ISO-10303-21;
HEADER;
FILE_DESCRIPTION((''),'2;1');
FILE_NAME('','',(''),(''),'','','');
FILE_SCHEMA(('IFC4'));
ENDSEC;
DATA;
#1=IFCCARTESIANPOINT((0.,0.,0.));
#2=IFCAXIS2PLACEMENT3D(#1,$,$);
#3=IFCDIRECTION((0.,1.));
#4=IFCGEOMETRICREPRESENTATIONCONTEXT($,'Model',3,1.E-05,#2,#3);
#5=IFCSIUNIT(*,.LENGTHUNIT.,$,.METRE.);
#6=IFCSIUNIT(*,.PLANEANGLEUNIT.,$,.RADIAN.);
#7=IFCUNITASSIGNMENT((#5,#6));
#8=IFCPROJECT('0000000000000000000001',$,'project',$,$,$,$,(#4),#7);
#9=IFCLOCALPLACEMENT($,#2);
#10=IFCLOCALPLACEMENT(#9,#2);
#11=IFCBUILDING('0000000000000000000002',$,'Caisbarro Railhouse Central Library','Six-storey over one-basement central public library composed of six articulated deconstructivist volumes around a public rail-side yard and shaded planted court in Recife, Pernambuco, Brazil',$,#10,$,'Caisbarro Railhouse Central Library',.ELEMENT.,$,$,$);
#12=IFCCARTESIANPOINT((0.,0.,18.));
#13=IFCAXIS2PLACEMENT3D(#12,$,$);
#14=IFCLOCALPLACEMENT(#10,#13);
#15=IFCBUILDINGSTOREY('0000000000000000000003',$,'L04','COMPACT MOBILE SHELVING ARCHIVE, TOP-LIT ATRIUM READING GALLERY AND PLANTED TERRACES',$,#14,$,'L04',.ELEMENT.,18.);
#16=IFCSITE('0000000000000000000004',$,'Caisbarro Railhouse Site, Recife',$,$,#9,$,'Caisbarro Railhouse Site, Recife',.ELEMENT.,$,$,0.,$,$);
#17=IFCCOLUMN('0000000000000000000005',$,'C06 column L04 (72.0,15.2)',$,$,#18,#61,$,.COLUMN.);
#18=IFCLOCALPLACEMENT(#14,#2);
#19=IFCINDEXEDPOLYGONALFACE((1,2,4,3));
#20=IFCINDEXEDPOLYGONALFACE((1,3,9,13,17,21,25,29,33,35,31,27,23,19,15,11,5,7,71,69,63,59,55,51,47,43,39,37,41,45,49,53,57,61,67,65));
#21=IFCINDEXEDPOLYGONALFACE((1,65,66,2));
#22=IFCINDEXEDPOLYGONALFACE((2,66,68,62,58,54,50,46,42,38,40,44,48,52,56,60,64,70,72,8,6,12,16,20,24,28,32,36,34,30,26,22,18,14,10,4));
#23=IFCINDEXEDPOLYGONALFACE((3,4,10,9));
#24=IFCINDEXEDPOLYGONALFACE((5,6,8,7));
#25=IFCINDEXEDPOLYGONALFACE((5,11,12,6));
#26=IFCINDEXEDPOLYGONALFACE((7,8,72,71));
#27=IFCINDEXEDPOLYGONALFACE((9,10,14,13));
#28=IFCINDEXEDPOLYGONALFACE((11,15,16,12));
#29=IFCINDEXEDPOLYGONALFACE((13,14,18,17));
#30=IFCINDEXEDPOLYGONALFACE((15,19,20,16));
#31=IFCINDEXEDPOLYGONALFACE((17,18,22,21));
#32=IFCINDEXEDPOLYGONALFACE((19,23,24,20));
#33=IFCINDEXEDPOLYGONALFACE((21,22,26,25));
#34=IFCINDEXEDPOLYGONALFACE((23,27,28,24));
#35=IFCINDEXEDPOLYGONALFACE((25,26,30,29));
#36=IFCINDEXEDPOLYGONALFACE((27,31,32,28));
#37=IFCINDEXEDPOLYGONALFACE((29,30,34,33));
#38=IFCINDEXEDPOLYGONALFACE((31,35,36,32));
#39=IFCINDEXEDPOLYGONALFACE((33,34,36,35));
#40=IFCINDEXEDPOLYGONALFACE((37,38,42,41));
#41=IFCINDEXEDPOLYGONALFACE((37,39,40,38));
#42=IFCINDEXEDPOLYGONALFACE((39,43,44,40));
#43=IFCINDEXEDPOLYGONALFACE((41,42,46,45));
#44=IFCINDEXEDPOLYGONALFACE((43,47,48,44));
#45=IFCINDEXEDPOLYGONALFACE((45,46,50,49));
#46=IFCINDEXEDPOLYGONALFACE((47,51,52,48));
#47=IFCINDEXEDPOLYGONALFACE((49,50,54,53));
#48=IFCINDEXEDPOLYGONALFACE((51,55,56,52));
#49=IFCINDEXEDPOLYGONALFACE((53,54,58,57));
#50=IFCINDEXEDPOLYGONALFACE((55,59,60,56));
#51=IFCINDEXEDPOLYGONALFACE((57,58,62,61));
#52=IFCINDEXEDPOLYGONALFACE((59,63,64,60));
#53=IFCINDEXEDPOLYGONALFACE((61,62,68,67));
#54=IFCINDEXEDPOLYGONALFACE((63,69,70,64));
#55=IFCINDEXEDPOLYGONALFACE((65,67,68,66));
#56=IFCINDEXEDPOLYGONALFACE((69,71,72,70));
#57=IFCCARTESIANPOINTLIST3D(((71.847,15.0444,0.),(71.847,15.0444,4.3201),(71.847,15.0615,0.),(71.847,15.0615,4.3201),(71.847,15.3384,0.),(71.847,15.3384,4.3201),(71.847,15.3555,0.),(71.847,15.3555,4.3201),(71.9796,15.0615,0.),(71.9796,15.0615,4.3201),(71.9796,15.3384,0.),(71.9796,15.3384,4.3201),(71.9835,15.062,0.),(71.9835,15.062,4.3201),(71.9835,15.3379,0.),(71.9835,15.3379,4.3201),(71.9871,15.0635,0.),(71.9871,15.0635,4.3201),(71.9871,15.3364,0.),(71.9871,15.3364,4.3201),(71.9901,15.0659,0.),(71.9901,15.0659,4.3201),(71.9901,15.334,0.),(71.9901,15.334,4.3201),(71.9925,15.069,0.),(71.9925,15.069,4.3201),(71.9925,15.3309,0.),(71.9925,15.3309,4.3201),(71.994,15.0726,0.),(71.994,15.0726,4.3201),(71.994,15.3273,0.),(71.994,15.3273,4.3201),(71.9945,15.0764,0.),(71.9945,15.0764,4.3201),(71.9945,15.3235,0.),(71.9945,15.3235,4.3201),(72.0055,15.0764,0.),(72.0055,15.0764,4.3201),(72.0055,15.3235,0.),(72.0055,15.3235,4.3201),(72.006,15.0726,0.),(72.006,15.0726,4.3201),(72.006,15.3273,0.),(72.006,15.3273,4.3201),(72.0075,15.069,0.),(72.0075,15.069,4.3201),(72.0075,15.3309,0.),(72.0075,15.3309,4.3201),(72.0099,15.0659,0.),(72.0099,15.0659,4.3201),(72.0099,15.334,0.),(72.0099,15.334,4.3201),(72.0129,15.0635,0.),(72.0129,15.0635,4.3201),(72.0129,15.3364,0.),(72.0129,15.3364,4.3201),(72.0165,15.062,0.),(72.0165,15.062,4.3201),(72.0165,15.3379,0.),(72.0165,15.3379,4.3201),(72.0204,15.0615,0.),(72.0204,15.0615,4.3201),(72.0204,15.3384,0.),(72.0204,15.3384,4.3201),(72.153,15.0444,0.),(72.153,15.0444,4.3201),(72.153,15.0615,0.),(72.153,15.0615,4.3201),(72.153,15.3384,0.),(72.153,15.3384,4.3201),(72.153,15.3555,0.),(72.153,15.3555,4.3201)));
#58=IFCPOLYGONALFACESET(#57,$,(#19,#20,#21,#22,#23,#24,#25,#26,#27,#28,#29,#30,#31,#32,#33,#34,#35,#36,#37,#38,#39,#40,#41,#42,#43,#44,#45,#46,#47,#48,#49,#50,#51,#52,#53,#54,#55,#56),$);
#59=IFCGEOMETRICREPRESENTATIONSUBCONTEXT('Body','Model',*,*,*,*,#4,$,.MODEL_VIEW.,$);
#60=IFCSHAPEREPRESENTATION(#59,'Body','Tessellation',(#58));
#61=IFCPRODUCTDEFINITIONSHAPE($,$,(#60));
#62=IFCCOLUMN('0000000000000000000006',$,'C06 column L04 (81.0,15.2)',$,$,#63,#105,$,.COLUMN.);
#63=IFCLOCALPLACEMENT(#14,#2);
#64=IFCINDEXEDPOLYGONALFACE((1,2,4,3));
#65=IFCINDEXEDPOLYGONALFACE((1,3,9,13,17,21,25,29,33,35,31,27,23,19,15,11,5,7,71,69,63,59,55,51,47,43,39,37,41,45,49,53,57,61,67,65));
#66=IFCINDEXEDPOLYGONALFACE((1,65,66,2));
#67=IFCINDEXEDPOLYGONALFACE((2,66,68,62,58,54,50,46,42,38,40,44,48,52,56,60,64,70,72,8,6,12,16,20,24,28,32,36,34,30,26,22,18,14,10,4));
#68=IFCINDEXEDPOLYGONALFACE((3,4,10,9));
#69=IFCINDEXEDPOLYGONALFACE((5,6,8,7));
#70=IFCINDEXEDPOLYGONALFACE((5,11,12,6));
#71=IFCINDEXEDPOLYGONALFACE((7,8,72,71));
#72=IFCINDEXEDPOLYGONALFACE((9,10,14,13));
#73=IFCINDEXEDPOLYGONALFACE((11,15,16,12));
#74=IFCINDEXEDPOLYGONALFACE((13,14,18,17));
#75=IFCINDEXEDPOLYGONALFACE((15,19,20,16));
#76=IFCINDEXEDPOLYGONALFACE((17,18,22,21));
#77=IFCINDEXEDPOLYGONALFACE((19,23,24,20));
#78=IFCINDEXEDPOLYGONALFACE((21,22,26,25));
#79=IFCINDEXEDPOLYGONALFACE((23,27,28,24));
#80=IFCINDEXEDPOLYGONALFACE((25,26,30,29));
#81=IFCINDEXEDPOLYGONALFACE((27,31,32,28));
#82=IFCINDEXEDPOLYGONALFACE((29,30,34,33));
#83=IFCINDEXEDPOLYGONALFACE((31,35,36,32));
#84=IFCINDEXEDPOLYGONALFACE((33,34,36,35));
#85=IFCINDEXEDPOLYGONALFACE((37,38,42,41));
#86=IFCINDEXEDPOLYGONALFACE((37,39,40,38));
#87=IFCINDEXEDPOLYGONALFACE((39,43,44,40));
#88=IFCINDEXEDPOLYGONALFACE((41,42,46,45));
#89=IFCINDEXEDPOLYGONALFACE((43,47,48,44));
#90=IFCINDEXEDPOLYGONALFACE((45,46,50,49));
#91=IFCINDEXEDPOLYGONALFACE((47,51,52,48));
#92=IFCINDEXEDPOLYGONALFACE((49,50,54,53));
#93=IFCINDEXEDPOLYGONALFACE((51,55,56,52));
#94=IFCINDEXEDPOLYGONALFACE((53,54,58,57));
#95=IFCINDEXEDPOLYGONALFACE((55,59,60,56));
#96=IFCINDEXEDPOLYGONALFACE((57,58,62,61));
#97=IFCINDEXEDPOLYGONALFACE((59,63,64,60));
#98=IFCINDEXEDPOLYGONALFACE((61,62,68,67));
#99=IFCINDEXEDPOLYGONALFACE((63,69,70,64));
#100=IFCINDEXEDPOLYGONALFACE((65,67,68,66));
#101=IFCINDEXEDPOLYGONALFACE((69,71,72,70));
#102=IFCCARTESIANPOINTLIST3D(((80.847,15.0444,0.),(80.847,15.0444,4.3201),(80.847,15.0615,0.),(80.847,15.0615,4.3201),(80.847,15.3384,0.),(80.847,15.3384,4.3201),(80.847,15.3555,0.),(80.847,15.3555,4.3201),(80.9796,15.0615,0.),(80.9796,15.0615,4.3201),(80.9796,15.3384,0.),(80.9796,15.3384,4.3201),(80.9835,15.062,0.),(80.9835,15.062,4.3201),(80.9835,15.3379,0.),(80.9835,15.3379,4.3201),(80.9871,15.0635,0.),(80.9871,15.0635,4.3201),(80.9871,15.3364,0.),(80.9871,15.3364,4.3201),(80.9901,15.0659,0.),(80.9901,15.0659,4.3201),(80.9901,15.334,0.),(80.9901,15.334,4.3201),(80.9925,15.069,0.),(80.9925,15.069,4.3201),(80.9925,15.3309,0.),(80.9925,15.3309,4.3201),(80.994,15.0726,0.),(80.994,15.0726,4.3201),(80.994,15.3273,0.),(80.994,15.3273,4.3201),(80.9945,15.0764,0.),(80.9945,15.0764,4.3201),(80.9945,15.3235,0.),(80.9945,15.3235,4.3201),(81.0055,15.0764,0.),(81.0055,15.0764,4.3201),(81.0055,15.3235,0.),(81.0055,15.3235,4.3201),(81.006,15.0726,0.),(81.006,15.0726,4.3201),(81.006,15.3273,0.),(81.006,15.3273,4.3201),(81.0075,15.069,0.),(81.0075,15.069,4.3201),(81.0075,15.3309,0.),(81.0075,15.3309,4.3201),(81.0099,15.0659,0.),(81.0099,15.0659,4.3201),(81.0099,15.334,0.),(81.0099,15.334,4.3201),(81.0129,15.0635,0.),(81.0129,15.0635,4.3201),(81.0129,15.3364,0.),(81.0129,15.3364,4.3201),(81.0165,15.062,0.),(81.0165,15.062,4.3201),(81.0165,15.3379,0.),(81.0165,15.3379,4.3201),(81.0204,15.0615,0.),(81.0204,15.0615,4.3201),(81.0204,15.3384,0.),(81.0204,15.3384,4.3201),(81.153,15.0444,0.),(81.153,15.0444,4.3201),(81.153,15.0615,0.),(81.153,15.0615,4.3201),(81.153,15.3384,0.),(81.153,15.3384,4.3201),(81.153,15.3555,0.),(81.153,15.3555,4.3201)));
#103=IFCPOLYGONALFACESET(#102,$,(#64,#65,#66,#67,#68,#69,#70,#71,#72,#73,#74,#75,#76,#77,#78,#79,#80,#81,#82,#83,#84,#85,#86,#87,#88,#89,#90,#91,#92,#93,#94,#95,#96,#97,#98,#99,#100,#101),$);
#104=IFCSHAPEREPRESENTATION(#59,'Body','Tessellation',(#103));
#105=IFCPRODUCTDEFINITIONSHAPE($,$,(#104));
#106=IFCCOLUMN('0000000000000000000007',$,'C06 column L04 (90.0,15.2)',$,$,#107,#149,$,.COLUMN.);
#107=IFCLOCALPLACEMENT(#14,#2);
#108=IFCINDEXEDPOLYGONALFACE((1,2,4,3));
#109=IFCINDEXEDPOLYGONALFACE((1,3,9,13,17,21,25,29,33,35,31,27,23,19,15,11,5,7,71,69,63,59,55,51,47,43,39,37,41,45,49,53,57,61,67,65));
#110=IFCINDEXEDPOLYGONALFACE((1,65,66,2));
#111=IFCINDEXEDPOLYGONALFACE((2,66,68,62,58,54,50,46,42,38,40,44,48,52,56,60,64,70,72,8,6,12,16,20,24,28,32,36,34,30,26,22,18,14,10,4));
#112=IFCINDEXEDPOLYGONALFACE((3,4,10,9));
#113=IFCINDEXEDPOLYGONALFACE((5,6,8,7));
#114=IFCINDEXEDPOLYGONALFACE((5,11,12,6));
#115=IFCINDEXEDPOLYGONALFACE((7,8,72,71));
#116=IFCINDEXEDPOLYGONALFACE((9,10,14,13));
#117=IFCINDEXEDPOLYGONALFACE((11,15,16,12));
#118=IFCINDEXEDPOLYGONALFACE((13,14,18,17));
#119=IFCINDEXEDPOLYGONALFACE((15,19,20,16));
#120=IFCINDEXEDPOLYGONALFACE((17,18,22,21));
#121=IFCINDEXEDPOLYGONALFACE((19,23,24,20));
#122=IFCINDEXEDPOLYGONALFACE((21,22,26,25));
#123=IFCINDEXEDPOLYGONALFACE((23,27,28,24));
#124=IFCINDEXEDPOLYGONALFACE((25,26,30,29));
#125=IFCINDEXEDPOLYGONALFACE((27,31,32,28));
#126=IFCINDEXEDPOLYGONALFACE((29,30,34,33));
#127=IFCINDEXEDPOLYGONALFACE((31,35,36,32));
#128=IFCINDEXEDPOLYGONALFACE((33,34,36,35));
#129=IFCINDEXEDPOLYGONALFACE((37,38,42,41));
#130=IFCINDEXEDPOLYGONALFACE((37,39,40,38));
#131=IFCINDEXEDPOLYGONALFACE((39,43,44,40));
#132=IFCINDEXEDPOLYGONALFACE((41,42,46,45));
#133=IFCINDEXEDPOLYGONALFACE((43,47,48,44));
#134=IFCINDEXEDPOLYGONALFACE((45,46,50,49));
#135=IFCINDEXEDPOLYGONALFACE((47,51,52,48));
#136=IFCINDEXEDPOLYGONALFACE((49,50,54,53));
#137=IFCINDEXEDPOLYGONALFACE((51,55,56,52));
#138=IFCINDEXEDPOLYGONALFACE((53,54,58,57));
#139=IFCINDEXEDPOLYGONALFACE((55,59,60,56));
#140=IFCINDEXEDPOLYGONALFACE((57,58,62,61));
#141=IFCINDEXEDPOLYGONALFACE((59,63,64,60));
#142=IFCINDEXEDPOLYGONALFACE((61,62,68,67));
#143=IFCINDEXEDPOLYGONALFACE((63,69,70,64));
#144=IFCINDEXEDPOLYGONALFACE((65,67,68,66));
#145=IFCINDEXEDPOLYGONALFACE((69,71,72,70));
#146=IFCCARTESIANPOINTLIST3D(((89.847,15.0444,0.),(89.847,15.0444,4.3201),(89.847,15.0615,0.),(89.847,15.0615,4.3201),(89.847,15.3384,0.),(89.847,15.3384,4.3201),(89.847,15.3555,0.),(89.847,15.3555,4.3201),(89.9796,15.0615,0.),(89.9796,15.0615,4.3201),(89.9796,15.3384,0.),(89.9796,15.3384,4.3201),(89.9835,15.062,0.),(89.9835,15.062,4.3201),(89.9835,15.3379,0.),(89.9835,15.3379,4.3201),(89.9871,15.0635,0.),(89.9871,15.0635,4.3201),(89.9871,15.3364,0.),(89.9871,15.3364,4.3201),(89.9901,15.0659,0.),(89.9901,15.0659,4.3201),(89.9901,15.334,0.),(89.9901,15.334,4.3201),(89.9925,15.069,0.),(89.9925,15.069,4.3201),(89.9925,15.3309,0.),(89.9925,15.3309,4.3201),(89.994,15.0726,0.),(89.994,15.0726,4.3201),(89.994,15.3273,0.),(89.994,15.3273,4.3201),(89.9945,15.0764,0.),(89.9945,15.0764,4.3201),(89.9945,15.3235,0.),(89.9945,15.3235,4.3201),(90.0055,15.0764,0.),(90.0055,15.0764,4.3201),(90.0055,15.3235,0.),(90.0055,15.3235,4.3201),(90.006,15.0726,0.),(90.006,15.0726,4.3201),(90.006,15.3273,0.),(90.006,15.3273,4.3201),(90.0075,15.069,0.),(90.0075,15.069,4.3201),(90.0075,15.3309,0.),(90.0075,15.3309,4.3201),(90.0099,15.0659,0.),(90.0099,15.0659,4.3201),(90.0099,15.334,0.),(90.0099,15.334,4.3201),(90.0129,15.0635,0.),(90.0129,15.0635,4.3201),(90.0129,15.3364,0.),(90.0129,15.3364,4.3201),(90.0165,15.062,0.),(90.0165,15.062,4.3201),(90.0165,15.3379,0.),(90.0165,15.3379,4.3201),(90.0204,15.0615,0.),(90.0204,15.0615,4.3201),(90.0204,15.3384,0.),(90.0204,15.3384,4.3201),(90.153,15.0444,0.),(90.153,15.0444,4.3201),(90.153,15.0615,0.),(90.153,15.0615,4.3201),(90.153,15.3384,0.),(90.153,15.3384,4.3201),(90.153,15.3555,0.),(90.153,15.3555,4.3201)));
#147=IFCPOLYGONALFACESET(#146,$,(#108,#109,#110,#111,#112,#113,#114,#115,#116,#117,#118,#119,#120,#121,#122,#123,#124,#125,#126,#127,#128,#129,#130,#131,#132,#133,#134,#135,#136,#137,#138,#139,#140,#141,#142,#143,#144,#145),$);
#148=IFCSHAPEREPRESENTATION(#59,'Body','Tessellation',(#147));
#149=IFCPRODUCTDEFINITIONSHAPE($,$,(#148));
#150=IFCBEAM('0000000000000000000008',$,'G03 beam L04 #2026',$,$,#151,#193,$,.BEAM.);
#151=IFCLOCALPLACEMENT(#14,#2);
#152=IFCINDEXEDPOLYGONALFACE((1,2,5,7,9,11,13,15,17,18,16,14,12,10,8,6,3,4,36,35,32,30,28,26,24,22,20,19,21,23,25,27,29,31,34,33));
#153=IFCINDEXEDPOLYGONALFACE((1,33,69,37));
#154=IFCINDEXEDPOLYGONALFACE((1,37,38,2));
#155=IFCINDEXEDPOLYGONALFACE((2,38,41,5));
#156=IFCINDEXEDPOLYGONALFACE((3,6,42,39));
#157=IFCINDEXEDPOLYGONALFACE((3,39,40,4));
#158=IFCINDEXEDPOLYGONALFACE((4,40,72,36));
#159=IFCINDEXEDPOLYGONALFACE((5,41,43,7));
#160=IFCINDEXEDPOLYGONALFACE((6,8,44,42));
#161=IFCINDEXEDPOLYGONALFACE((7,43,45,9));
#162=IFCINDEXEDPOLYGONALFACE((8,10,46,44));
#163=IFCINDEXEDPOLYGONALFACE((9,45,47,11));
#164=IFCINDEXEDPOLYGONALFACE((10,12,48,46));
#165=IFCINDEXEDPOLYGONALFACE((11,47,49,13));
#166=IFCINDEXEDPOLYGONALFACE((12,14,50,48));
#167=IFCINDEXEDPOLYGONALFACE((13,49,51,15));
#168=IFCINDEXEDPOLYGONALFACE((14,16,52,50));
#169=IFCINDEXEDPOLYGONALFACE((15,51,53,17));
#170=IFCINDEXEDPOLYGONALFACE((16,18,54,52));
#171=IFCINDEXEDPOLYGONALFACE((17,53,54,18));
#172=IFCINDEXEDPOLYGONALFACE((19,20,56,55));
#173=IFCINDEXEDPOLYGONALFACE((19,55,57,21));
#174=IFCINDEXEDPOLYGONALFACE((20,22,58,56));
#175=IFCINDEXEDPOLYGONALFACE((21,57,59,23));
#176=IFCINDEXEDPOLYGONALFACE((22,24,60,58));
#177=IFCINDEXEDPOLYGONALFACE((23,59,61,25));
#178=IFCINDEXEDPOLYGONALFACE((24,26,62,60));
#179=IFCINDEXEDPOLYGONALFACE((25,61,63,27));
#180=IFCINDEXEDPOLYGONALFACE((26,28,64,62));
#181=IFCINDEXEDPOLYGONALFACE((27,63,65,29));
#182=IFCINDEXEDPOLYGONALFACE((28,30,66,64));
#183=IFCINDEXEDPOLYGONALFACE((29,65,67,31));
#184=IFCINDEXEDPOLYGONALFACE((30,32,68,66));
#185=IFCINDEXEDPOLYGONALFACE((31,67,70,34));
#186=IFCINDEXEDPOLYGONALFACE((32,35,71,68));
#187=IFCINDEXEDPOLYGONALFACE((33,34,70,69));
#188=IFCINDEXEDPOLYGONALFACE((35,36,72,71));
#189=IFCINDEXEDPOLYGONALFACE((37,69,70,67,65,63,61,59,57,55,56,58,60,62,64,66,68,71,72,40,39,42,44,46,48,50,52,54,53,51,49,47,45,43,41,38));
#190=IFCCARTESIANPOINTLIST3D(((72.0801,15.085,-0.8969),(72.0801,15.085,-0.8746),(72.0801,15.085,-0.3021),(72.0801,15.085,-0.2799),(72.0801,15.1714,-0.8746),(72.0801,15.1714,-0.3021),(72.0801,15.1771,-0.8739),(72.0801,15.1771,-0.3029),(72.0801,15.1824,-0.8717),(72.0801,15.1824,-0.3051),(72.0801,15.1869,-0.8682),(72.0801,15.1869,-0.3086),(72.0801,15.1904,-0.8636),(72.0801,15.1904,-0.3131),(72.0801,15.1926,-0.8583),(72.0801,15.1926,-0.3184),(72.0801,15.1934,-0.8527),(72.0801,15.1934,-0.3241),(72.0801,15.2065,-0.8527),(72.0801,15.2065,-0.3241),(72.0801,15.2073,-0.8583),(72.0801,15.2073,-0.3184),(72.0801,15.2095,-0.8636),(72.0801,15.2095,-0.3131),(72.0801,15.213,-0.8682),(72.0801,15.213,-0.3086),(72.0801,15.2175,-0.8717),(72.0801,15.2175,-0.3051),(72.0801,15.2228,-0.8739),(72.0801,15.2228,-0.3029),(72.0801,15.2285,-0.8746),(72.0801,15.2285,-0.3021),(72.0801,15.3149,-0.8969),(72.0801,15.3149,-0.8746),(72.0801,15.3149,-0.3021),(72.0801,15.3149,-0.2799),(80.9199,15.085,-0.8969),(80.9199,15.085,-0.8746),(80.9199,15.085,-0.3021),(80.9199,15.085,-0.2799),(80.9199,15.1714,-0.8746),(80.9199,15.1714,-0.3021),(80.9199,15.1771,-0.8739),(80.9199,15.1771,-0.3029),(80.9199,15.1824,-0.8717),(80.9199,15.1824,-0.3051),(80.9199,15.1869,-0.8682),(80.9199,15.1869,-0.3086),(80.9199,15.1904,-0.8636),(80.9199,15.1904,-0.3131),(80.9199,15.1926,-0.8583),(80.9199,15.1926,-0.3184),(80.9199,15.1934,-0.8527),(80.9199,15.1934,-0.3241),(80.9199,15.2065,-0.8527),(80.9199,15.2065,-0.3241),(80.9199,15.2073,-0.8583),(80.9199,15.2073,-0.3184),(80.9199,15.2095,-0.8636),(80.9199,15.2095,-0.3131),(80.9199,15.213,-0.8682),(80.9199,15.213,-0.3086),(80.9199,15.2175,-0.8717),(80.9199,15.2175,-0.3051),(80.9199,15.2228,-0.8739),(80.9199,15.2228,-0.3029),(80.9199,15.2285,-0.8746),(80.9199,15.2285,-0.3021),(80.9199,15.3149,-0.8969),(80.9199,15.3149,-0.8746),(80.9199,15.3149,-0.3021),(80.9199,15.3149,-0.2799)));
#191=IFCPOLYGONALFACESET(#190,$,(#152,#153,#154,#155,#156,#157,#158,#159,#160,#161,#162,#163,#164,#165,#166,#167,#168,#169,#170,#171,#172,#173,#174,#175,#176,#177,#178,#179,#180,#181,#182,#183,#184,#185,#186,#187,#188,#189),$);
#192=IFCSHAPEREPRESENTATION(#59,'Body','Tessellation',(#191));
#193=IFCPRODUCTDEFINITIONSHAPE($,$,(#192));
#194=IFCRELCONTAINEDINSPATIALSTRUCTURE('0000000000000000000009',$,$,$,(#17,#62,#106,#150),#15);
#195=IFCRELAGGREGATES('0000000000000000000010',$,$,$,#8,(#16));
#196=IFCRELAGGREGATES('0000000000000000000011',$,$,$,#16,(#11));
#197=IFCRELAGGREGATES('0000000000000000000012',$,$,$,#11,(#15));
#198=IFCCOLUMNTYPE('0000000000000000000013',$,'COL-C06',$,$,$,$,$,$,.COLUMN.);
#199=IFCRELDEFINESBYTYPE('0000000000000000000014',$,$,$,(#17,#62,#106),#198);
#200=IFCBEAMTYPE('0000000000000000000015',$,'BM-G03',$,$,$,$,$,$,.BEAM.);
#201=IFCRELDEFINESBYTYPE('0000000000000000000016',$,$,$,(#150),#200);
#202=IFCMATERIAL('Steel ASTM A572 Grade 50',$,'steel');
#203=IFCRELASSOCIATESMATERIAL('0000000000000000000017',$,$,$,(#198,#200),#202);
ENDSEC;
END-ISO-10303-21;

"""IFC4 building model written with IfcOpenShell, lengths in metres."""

from ifc_helpers import new_model, si_unit, direction, frame, origin, origin_2d, place, context, subcontext, project, spatial, i_section, extrude, material, material_profile, profile_set, type_object, element, save


model = new_model("IFC4")

# Units and contexts
model_context = context("Model", 3, precision=1e-05, world=origin(), true_north=direction((0.0, 1.0)))
body_context = subcontext(model_context, "Body", "Model", "MODEL_VIEW")
ifc_project = project(units=[si_unit("LENGTHUNIT", "METRE"), si_unit("PLANEANGLEUNIT", "RADIAN")], contexts=[model_context])

# Site, building, storey
site_placement = place(None, origin())
site = spatial("IfcSite", under=ifc_project, at=site_placement, Name="Caisbarro Railhouse Site, Recife", LongName="Caisbarro Railhouse Site, Recife", CompositionType="ELEMENT", RefElevation=0.0)
building_placement = place(site_placement, origin())
building = spatial("IfcBuilding", under=site, at=building_placement, Name="Caisbarro Railhouse Central Library", Description="Six-storey over one-basement central public library composed of six articulated deconstructivist volumes around a public rail-side yard and shaded planted court in Recife, Pernambuco, Brazil", LongName="Caisbarro Railhouse Central Library", CompositionType="ELEMENT")
storey_placement = place(building_placement, frame((0.0, 0.0, 18.0)))
storey = spatial("IfcBuildingStorey", under=building, at=storey_placement, Name="L04", Description="COMPACT MOBILE SHELVING ARCHIVE, TOP-LIT ATRIUM READING GALLERY AND PLANTED TERRACES", LongName="L04", CompositionType="ELEMENT", Elevation=18.0)

# Columns
ifc_material_1 = material(Name="Steel ASTM A572 Grade 50", Category="steel")
ifc_material_profile_1 = material_profile(ifc_material_1, i_section(OverallWidth=0.3059, OverallDepth=0.311, WebThickness=0.011, FlangeThickness=0.0171, FilletRadius=0.0149, at=origin_2d()), Name="W310X107.0")
ifc_profile_set_1 = profile_set([ifc_material_profile_1], Name="Steel ASTM A572 Grade 50")
column_type = type_object("IfcColumnType", Name="COL-C06", PredefinedType="COLUMN", material=ifc_profile_set_1)
for number, where, z_axis, x_axis, name in (
    (1, (72.0, 15.2, 0.0), (0.0, 0.0, 1.0), (1.0, 0.0, 0.0), "C06 column L04 (72.0,15.2)"),
    (2, (81.0, 15.2, 0.0), (0.0, 0.0, 1.0), (1.0, 0.0, 0.0), "C06 column L04 (81.0,15.2)"),
    (3, (90.0, 15.2, 0.0), (0.0, 0.0, 1.0), (1.0, 0.0, 0.0), "C06 column L04 (90.0,15.2)"),
):
    element("IfcColumn", number, at=place(storey_placement, frame(where, z_axis=z_axis, x_axis=x_axis)), inside=storey, type_object=column_type, Name=name, PredefinedType="COLUMN", context=body_context, shape_type="SweptSolid", body=[
        extrude(i_section(OverallWidth=0.3059, OverallDepth=0.311, WebThickness=0.011, FlangeThickness=0.0171, FilletRadius=0.0149, at=origin_2d()), origin(), (0.0, 0.0, 1.0), 4.3201),
    ])

# Beam
ifc_material_profile_2 = material_profile(ifc_material_1, i_section(OverallWidth=0.23, OverallDepth=0.6169, WebThickness=0.0132, FlangeThickness=0.0222, FilletRadius=0.022, at=origin_2d()), Name="W610X140.0")
ifc_profile_set_2 = profile_set([ifc_material_profile_2], Name="Steel ASTM A572 Grade 50")
beam_type_1 = type_object("IfcBeamType", Name="BM-G03", PredefinedType="BEAM", material=ifc_profile_set_2)
for number, where, z_axis, x_axis, name in (
    (4, (72.0801, 15.2, -0.5884), (1.0, 0.0, 0.0), (0.0, 1.0, 0.0), "G03 beam L04 #2026"),
):
    element("IfcBeam", number, at=place(storey_placement, frame(where, z_axis=z_axis, x_axis=x_axis)), inside=storey, type_object=beam_type_1, Name=name, PredefinedType="BEAM", context=body_context, shape_type="SweptSolid", body=[
        extrude(i_section(OverallWidth=0.23, OverallDepth=0.6169, WebThickness=0.0132, FlangeThickness=0.0222, FilletRadius=0.022, at=origin_2d()), origin(), (0.0, 0.0, 1.0), 8.8398),
    ])

save(model, "model.ifc")
